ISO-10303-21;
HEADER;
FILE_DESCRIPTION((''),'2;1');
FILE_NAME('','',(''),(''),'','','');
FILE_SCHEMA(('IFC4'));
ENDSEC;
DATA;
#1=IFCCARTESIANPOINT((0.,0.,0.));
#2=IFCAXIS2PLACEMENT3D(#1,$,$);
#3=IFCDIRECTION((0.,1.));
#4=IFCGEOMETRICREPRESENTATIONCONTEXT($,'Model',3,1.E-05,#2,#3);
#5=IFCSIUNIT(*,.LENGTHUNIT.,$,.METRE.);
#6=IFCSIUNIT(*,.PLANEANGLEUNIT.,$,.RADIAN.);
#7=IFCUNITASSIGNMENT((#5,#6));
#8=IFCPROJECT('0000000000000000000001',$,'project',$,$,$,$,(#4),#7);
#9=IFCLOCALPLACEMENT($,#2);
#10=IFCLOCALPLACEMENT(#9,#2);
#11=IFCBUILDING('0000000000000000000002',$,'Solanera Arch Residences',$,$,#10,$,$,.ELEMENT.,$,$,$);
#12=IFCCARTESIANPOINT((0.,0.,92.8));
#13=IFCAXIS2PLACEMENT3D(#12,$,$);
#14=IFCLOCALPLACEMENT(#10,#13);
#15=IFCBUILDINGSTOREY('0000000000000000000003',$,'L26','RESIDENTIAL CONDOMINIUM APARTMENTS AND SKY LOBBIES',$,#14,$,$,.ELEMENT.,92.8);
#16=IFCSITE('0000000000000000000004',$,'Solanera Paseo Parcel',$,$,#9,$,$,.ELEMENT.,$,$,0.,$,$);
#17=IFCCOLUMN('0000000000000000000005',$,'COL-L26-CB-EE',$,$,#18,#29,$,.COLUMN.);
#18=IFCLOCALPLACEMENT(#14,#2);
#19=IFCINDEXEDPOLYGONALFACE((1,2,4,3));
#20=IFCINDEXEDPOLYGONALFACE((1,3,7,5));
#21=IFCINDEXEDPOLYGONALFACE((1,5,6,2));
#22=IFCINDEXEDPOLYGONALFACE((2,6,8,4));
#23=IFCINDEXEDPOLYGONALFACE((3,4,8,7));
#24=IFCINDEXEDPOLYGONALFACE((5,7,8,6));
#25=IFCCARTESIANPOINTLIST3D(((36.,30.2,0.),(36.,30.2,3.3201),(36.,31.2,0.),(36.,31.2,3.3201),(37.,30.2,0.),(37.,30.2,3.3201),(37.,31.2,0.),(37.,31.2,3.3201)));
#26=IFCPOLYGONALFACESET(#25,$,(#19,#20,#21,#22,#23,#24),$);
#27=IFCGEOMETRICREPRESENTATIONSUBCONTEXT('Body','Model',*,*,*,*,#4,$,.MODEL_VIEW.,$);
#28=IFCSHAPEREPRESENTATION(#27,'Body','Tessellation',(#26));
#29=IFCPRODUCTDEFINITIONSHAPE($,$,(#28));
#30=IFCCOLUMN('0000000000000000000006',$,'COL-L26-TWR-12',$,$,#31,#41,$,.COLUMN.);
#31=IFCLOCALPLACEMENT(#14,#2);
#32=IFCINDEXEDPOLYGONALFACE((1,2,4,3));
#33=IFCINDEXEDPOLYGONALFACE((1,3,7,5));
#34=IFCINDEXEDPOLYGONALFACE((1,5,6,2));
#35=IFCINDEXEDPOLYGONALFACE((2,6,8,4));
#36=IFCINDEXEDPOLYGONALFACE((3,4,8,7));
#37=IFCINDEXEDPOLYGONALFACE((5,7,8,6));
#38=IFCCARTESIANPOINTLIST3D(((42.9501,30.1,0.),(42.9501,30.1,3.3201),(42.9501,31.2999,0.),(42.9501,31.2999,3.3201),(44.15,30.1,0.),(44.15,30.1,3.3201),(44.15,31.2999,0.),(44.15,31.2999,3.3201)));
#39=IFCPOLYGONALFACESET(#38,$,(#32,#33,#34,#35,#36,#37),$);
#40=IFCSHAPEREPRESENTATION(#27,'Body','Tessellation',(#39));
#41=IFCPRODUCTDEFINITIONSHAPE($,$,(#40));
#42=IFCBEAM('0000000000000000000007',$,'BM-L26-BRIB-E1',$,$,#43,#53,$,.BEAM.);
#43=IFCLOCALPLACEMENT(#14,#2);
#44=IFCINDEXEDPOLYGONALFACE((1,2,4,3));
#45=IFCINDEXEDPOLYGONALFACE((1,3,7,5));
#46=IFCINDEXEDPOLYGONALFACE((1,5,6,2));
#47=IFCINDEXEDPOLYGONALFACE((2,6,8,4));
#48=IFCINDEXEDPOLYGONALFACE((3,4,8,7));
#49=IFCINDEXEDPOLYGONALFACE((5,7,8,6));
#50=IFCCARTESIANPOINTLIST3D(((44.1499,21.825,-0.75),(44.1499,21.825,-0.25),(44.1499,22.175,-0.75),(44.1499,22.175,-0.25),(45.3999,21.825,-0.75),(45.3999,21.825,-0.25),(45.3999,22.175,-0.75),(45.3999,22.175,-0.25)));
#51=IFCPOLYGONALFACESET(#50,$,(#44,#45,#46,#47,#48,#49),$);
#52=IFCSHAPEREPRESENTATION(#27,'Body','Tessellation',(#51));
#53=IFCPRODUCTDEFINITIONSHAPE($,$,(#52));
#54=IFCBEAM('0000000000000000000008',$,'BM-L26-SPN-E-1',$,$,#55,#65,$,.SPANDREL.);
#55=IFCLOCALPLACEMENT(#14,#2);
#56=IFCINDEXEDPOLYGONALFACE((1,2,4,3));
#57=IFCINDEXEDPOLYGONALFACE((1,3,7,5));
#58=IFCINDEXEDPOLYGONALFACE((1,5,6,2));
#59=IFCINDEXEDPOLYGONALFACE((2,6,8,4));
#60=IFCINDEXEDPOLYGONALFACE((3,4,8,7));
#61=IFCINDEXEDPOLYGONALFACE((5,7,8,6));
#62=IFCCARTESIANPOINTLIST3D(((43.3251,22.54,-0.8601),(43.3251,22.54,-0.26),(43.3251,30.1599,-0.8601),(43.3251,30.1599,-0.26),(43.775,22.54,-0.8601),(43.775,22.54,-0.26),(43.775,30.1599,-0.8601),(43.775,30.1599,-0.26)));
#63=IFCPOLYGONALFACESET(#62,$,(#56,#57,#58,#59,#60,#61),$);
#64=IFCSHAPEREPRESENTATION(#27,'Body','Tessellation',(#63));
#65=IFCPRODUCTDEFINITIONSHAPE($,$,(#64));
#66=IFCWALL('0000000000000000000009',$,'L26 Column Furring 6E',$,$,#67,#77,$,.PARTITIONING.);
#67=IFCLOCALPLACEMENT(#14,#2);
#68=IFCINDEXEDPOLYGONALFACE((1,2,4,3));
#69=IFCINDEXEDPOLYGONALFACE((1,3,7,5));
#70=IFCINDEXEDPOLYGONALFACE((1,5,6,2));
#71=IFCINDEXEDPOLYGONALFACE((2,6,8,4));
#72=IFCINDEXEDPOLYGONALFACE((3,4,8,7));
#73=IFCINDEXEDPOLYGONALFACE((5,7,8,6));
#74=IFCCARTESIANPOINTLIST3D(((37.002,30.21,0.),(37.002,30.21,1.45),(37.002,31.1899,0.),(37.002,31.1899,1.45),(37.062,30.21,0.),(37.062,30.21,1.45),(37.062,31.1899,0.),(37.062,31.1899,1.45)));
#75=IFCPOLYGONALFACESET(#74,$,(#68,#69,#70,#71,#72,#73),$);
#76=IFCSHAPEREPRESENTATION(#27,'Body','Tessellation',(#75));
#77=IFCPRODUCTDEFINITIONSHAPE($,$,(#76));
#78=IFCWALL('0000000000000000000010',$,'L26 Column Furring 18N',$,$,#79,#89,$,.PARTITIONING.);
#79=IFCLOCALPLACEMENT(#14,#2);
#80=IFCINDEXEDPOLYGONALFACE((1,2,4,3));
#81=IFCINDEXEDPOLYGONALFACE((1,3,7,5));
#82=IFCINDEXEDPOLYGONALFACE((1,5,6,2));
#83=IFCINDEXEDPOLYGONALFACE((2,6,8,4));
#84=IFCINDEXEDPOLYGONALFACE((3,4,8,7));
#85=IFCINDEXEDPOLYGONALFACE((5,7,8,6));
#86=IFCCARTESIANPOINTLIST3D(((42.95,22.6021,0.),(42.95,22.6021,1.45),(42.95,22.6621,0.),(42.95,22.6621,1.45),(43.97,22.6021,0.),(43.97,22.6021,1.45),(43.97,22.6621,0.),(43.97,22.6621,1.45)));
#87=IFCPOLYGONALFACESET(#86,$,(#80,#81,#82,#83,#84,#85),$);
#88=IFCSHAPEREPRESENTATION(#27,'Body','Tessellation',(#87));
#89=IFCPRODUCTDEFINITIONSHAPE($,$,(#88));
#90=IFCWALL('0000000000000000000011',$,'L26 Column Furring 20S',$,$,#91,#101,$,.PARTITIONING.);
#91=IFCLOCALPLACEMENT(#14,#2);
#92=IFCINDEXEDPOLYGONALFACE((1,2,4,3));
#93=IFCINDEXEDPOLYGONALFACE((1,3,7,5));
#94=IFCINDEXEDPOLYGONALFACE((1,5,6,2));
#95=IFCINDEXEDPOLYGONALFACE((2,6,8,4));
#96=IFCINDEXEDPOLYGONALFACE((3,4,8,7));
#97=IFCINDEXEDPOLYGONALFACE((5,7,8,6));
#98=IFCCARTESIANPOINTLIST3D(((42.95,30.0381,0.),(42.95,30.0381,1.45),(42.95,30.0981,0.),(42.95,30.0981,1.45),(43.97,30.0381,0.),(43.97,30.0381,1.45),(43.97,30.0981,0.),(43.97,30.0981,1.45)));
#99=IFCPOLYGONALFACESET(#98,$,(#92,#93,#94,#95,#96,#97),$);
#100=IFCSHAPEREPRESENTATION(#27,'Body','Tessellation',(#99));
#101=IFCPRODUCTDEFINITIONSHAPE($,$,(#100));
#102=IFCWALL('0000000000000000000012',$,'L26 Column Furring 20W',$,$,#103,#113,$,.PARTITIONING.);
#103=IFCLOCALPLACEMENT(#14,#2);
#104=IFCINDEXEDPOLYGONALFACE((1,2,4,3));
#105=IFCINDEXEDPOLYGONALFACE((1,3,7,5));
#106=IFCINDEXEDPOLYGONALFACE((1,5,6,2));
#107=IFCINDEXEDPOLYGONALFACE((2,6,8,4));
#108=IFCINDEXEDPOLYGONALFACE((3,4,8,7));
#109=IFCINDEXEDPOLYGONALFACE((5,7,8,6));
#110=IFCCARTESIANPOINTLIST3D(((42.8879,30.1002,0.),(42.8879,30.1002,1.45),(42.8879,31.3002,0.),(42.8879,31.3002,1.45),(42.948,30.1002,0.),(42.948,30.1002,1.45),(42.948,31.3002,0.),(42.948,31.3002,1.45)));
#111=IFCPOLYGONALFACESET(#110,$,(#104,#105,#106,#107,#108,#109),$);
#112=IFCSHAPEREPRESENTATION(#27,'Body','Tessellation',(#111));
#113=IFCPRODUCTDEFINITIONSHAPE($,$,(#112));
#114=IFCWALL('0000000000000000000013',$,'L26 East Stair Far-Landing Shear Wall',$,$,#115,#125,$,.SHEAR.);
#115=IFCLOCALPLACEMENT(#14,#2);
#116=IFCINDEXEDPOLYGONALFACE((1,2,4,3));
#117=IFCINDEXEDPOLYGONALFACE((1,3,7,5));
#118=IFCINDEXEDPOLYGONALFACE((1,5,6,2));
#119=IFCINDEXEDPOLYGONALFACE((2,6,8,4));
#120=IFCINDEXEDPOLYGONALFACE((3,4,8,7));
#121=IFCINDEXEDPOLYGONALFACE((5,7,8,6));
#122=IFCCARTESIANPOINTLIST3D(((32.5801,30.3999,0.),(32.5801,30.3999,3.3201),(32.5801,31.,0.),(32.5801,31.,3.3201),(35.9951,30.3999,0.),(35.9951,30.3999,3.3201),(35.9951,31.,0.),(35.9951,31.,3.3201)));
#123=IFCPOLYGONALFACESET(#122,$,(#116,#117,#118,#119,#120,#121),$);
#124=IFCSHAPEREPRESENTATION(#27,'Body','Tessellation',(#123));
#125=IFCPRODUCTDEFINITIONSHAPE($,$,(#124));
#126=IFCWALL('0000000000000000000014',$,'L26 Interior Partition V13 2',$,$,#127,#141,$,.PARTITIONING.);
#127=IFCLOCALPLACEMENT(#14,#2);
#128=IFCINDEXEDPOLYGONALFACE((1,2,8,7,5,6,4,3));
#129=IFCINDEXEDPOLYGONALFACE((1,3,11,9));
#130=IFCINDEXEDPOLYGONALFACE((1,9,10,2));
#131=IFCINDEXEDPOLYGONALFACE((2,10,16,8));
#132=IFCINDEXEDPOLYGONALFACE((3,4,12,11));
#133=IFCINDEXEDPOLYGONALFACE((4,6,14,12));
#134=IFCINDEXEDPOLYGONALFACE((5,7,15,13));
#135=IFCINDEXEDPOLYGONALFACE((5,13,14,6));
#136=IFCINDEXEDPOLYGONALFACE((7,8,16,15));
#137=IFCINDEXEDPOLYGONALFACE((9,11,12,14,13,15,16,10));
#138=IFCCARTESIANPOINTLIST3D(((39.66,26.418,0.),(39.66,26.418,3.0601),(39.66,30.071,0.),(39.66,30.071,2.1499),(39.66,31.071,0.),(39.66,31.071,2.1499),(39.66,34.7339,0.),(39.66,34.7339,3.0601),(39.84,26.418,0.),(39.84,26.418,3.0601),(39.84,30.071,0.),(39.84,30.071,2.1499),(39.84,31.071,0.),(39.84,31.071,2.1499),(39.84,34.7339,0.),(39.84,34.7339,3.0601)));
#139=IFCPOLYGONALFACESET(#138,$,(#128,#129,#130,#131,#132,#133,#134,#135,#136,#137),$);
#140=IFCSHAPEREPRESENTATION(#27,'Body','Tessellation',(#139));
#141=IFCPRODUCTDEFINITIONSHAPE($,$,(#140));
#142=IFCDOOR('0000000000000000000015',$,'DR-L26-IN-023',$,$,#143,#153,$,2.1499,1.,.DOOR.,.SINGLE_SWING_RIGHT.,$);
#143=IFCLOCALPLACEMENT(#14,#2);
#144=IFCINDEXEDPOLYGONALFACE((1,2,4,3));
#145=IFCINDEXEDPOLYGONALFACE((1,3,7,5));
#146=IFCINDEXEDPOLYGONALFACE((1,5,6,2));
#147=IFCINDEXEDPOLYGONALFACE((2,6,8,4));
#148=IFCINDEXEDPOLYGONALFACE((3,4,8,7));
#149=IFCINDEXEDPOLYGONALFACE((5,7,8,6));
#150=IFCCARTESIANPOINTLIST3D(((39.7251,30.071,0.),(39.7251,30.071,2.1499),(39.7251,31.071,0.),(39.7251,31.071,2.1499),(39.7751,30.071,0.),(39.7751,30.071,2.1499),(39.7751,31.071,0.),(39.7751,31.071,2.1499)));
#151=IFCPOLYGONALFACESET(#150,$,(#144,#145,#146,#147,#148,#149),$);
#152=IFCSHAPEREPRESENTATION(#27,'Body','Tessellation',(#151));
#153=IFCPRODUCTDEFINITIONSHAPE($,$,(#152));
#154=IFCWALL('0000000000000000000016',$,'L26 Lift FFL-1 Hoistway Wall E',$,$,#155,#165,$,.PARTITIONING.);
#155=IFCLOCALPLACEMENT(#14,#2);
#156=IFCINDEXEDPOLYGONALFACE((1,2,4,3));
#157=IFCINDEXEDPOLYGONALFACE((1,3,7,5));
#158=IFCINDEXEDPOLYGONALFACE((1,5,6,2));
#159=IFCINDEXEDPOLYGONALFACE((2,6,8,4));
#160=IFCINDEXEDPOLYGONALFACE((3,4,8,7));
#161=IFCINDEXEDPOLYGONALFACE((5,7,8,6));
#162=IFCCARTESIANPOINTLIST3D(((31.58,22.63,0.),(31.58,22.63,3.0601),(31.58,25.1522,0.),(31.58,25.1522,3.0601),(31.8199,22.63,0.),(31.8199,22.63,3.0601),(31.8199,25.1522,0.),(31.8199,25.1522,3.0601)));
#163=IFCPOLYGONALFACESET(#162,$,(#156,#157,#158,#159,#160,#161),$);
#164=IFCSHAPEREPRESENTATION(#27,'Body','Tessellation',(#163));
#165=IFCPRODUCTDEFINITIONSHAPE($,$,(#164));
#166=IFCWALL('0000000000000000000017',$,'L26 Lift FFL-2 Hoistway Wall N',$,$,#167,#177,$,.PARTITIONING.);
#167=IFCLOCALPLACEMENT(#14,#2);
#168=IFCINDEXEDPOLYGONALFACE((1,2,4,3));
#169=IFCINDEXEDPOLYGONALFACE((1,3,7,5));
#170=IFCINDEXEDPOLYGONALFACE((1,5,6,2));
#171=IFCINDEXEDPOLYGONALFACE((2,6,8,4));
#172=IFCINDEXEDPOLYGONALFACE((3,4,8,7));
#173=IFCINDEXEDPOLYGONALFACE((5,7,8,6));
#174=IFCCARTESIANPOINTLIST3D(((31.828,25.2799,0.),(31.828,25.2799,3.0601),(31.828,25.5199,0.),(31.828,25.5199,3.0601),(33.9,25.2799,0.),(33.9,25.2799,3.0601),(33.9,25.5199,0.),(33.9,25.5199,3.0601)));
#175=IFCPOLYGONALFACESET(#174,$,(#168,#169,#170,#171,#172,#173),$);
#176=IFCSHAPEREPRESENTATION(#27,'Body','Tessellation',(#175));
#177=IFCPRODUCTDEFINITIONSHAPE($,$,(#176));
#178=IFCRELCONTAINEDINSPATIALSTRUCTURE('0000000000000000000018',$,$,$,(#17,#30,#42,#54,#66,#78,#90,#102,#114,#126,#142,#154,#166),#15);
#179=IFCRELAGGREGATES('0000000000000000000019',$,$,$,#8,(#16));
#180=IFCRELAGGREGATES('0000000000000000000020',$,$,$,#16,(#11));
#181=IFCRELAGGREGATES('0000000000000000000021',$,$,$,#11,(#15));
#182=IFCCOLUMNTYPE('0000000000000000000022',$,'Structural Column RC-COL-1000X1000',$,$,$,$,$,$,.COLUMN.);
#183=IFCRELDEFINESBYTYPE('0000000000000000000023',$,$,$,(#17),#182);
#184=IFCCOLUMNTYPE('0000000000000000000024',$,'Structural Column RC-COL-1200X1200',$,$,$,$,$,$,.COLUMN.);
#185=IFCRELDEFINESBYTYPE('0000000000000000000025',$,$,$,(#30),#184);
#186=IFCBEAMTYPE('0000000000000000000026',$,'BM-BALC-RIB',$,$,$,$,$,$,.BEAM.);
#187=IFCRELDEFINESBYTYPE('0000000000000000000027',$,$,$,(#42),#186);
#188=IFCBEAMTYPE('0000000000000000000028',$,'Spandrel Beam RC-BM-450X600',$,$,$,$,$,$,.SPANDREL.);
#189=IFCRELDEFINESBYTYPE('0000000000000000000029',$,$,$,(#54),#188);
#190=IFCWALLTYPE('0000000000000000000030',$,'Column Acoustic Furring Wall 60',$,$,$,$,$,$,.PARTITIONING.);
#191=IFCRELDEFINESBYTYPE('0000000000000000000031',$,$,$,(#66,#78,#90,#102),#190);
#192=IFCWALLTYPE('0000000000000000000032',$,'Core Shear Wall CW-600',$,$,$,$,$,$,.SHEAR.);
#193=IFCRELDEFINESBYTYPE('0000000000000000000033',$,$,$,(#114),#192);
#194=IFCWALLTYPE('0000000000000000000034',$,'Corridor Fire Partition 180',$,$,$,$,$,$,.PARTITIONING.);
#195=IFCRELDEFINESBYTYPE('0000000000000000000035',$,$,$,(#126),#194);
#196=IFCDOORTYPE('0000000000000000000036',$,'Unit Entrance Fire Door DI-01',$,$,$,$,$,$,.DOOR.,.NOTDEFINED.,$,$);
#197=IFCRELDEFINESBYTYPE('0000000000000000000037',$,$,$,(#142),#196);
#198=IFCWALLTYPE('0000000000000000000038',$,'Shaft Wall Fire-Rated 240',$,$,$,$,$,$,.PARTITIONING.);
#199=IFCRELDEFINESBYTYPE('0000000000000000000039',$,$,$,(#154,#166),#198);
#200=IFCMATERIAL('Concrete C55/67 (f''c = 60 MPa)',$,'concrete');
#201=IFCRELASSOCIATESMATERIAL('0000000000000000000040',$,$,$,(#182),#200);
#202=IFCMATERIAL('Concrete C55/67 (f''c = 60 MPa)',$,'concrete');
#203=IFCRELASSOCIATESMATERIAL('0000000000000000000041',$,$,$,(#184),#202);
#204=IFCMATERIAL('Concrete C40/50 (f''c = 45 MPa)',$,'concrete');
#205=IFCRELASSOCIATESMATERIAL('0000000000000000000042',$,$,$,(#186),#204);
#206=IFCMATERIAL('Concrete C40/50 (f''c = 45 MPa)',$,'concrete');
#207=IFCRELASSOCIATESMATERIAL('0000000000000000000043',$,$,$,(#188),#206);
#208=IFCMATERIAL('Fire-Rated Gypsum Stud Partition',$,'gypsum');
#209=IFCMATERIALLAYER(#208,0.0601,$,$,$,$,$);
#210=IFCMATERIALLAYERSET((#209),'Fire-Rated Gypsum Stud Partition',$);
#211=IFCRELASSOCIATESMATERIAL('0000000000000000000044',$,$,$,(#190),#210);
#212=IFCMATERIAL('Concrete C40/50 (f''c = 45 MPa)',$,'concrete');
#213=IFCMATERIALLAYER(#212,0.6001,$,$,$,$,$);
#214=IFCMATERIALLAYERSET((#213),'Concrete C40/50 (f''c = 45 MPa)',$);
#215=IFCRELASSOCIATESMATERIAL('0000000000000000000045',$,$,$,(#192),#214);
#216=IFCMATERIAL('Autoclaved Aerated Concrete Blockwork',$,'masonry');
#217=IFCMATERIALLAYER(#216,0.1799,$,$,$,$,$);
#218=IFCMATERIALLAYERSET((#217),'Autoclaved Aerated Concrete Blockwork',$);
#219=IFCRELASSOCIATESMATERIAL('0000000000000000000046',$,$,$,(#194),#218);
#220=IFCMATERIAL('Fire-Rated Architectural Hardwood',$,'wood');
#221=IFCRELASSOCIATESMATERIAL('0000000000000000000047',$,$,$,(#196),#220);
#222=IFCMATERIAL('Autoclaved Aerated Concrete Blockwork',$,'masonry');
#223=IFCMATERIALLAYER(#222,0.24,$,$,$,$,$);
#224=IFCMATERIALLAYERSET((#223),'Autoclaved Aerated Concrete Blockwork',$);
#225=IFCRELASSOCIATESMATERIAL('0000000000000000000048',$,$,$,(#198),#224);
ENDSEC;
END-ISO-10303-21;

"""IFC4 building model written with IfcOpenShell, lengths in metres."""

from ifc_helpers import new_model, si_unit, direction, frame, frame_2d, origin, origin_2d, place, context, subcontext, project, spatial, rectangle, extrude, material, layer, layer_set, material_profile, profile_set, type_object, element, fill, save


model = new_model("IFC4")

# Units and contexts
model_context = context("Model", 3, precision=1e-05, world=origin(), true_north=direction((0.0, 1.0)))
body_context = subcontext(model_context, "Body", "Model", "MODEL_VIEW")
ifc_project = project(units=[si_unit("LENGTHUNIT", "METRE"), si_unit("PLANEANGLEUNIT", "RADIAN")], contexts=[model_context])

# Site, building, storey
site_placement = place(None, origin())
site = spatial("IfcSite", under=ifc_project, at=site_placement, Name="Solanera Paseo Parcel", CompositionType="ELEMENT", RefElevation=0.0)
building_placement = place(site_placement, origin())
building = spatial("IfcBuilding", under=site, at=building_placement, Name="Solanera Arch Residences", CompositionType="ELEMENT")
storey_placement = place(building_placement, frame((0.0, 0.0, 92.8)))
storey = spatial("IfcBuildingStorey", under=building, at=storey_placement, Name="L26", Description="RESIDENTIAL CONDOMINIUM APARTMENTS AND SKY LOBBIES", CompositionType="ELEMENT", Elevation=92.8)

# Columns
ifc_material_1 = material(Name="Concrete C55/67 (f'c = 60 MPa)", Category="concrete")
ifc_material_profile_1 = material_profile(ifc_material_1, rectangle(XDim=1.0, YDim=1.0, at=origin_2d()))
ifc_profile_set_1 = profile_set([ifc_material_profile_1], Name="Concrete C55/67 (f'c = 60 MPa)")
column_type_1 = type_object("IfcColumnType", Name="Structural Column RC-COL-1000X1000", PredefinedType="COLUMN", material=ifc_profile_set_1)
column_1_placement = place(storey_placement, frame((36.5, 30.7, 0.0), z_axis=(0.0, 0.0, 1.0), x_axis=(1.0, 0.0, 0.0)))
element("IfcColumn", 1, at=column_1_placement, inside=storey, type_object=column_type_1, Name="COL-L26-CB-EE", PredefinedType="COLUMN", context=body_context, shape_type="SweptSolid", body=[
    extrude(rectangle(XDim=1.0, YDim=1.0, at=origin_2d()), origin(), (0.0, 0.0, 1.0), 3.3201),
])
ifc_material_2 = material(Name="Concrete C55/67 (f'c = 60 MPa)", Category="concrete")
ifc_material_profile_2 = material_profile(ifc_material_2, rectangle(XDim=1.2, YDim=1.2, at=origin_2d()))
ifc_profile_set_2 = profile_set([ifc_material_profile_2], Name="Concrete C55/67 (f'c = 60 MPa)")
column_type_2 = type_object("IfcColumnType", Name="Structural Column RC-COL-1200X1200", PredefinedType="COLUMN", material=ifc_profile_set_2)
column_2_placement = place(storey_placement, frame((43.55, 30.7, 0.0), z_axis=(0.0, 0.0, 1.0), x_axis=(1.0, 0.0, 0.0)))
element("IfcColumn", 2, at=column_2_placement, inside=storey, type_object=column_type_2, Name="COL-L26-TWR-12", PredefinedType="COLUMN", context=body_context, shape_type="SweptSolid", body=[
    extrude(rectangle(XDim=1.2, YDim=1.2, at=origin_2d()), origin(), (0.0, 0.0, 1.0), 3.3201),
])

# Beams
ifc_material_3 = material(Name="Concrete C40/50 (f'c = 45 MPa)", Category="concrete")
ifc_material_profile_3 = material_profile(ifc_material_3, rectangle(XDim=0.3501, YDim=0.5, at=origin_2d()))
ifc_profile_set_3 = profile_set([ifc_material_profile_3], Name="Concrete C40/50 (f'c = 45 MPa)")
beam_type_1 = type_object("IfcBeamType", Name="BM-BALC-RIB", PredefinedType="BEAM", material=ifc_profile_set_3)
beam_1_placement = place(storey_placement, frame((44.1499, 22.0, -0.5), z_axis=(1.0, 0.0, 0.0), x_axis=(0.0, 1.0, 0.0)))
element("IfcBeam", 3, at=beam_1_placement, inside=storey, type_object=beam_type_1, Name="BM-L26-BRIB-E1", PredefinedType="BEAM", context=body_context, shape_type="SweptSolid", body=[
    extrude(rectangle(XDim=0.3501, YDim=0.5, at=origin_2d()), origin(), (0.0, 0.0, 1.0), 1.25),
])
ifc_material_4 = material(Name="Concrete C40/50 (f'c = 45 MPa)", Category="concrete")
ifc_material_profile_4 = material_profile(ifc_material_4, rectangle(XDim=0.45, YDim=0.6001, at=origin_2d()))
ifc_profile_set_4 = profile_set([ifc_material_profile_4], Name="Concrete C40/50 (f'c = 45 MPa)")
beam_type_2 = type_object("IfcBeamType", Name="Spandrel Beam RC-BM-450X600", PredefinedType="SPANDREL", material=ifc_profile_set_4)
beam_2_placement = place(storey_placement, frame((43.55, 22.54, -0.5601), z_axis=(0.0, 1.0, 0.0), x_axis=(-1.0, 0.0, 0.0)))
element("IfcBeam", 4, at=beam_2_placement, inside=storey, type_object=beam_type_2, Name="BM-L26-SPN-E-1", PredefinedType="SPANDREL", context=body_context, shape_type="SweptSolid", body=[
    extrude(rectangle(XDim=0.45, YDim=0.6001, at=origin_2d()), origin(), (0.0, 0.0, 1.0), 7.6199),
])

# Walls
ifc_material_5 = material(Name="Fire-Rated Gypsum Stud Partition", Category="gypsum")
ifc_layer_1 = layer(ifc_material_5, 0.0601)
ifc_layer_set_1 = layer_set([ifc_layer_1], Name="Fire-Rated Gypsum Stud Partition")
wall_type_1 = type_object("IfcWallType", Name="Column Acoustic Furring Wall 60", PredefinedType="PARTITIONING", material=ifc_layer_set_1)
wall_1_placement = place(storey_placement, frame((37.032, 30.21, 0.0), z_axis=(0.0, 0.0, 1.0), x_axis=(0.0, 1.0, 0.0)))
element("IfcWall", 5, at=wall_1_placement, inside=storey, type_object=wall_type_1, Name="L26 Column Furring 6E", PredefinedType="PARTITIONING", context=body_context, shape_type="SweptSolid", body=[
    extrude(rectangle(XDim=0.98, YDim=0.0601, at=frame_2d((0.49, 0.0))), origin(), (0.0, 0.0, 1.0), 1.45),
])
for number, where, z_axis, x_axis, name in (
    (6, (42.95, 22.6321, 0.0), (0.0, 0.0, 1.0), (1.0, 0.0, 0.0), "L26 Column Furring 18N"),
    (7, (42.95, 30.0681, 0.0), (0.0, 0.0, 1.0), (1.0, 0.0, 0.0), "L26 Column Furring 20S"),
):
    element("IfcWall", number, at=place(storey_placement, frame(where, z_axis=z_axis, x_axis=x_axis)), inside=storey, type_object=wall_type_1, Name=name, PredefinedType="PARTITIONING", context=body_context, shape_type="SweptSolid", body=[
        extrude(rectangle(XDim=1.02, YDim=0.0601, at=frame_2d((0.51, 0.0))), origin(), (0.0, 0.0, 1.0), 1.45),
    ])
wall_2_placement = place(storey_placement, frame((42.918, 30.1001, 0.0), z_axis=(0.0, 0.0, 1.0), x_axis=(0.0, 1.0, 0.0)))
element("IfcWall", 8, at=wall_2_placement, inside=storey, type_object=wall_type_1, Name="L26 Column Furring 20W", PredefinedType="PARTITIONING", context=body_context, shape_type="SweptSolid", body=[
    extrude(rectangle(XDim=1.2, YDim=0.0601, at=frame_2d((0.6001, 0.0))), origin(), (0.0, 0.0, 1.0), 1.45),
])
ifc_material_6 = material(Name="Concrete C40/50 (f'c = 45 MPa)", Category="concrete")
ifc_layer_2 = layer(ifc_material_6, 0.6001)
ifc_layer_set_2 = layer_set([ifc_layer_2], Name="Concrete C40/50 (f'c = 45 MPa)")
wall_type_2 = type_object("IfcWallType", Name="Core Shear Wall CW-600", PredefinedType="SHEAR", material=ifc_layer_set_2)
wall_3_placement = place(storey_placement, frame((32.5801, 30.7, 0.0), z_axis=(0.0, 0.0, 1.0), x_axis=(1.0, 0.0, 0.0)))
element("IfcWall", 9, at=wall_3_placement, inside=storey, type_object=wall_type_2, Name="L26 East Stair Far-Landing Shear Wall", PredefinedType="SHEAR", context=body_context, shape_type="SweptSolid", body=[
    extrude(rectangle(XDim=3.415, YDim=0.6001, at=frame_2d((1.7075, 0.0))), origin(), (0.0, 0.0, 1.0), 3.3201),
])

# Wall, opening, door
ifc_material_7 = material(Name="Autoclaved Aerated Concrete Blockwork", Category="masonry")
ifc_layer_3 = layer(ifc_material_7, 0.1799)
ifc_layer_set_3 = layer_set([ifc_layer_3], Name="Autoclaved Aerated Concrete Blockwork")
wall_type_3 = type_object("IfcWallType", Name="Corridor Fire Partition 180", PredefinedType="PARTITIONING", material=ifc_layer_set_3)
wall_4_placement = place(storey_placement, frame((39.75, 26.418, 0.0), z_axis=(0.0, 0.0, 1.0), x_axis=(0.0, 1.0, 0.0)))
wall_4 = element("IfcWall", 10, at=wall_4_placement, inside=storey, type_object=wall_type_3, Name="L26 Interior Partition V13 2", PredefinedType="PARTITIONING", context=body_context, shape_type="SweptSolid", body=[
    extrude(rectangle(XDim=8.3159, YDim=0.1799, at=frame_2d((4.158, 0.0))), origin(), (0.0, 0.0, 1.0), 3.0601),
])
opening_1_placement = place(wall_4_placement, frame((3.6531, 0.0, 0.0)))
opening_1 = element("IfcOpeningElement", 11, at=opening_1_placement, cuts=wall_4, PredefinedType="OPENING", context=body_context, shape_type="SweptSolid", body=[
    extrude(rectangle(XDim=1.0, YDim=2.1499, at=frame_2d((0.5, 1.075))), frame((0.0, 0.1001, 0.0), z_axis=(0.0, -1.0, 0.0), x_axis=(1.0, 0.0, 0.0)), (0.0, 0.0, 1.0), 0.1999),
])
ifc_material_8 = material(Name="Fire-Rated Architectural Hardwood", Category="wood")
door_type_1 = type_object("IfcDoorType", Name="Unit Entrance Fire Door DI-01", OperationType="NOTDEFINED", PredefinedType="DOOR", material=ifc_material_8)
door_1_placement = place(opening_1_placement, origin())
door_1 = element("IfcDoor", 12, at=door_1_placement, inside=storey, type_object=door_type_1, Name="DR-L26-IN-023", OperationType="SINGLE_SWING_RIGHT", OverallHeight=2.1499, OverallWidth=1.0, PredefinedType="DOOR", context=body_context, shape_type="SweptSolid", body=[
    extrude(rectangle(XDim=1.0, YDim=2.1499, at=frame_2d((0.5, 1.075))), frame((0.0, 0.0249, 0.0), z_axis=(0.0, -1.0, 0.0), x_axis=(1.0, 0.0, 0.0)), (0.0, 0.0, 1.0), 0.05),
])
fill(opening_1, door_1)

# Walls
ifc_material_9 = material(Name="Autoclaved Aerated Concrete Blockwork", Category="masonry")
ifc_layer_4 = layer(ifc_material_9, 0.24)
ifc_layer_set_4 = layer_set([ifc_layer_4], Name="Autoclaved Aerated Concrete Blockwork")
wall_type_4 = type_object("IfcWallType", Name="Shaft Wall Fire-Rated 240", PredefinedType="PARTITIONING", material=ifc_layer_set_4)
wall_5_placement = place(storey_placement, frame((31.7, 22.6299, 0.0), z_axis=(0.0, 0.0, 1.0), x_axis=(0.0, 1.0, 0.0)))
element("IfcWall", 13, at=wall_5_placement, inside=storey, type_object=wall_type_4, Name="L26 Lift FFL-1 Hoistway Wall E", PredefinedType="PARTITIONING", context=body_context, shape_type="SweptSolid", body=[
    extrude(rectangle(XDim=2.5222, YDim=0.24, at=frame_2d((1.2612, 0.0))), origin(), (0.0, 0.0, 1.0), 3.0601),
])
wall_6_placement = place(storey_placement, frame((31.8279, 25.3999, 0.0), z_axis=(0.0, 0.0, 1.0), x_axis=(1.0, 0.0, 0.0)))
element("IfcWall", 14, at=wall_6_placement, inside=storey, type_object=wall_type_4, Name="L26 Lift FFL-2 Hoistway Wall N", PredefinedType="PARTITIONING", context=body_context, shape_type="SweptSolid", body=[
    extrude(rectangle(XDim=2.072, YDim=0.24, at=frame_2d((1.0361, 0.0))), origin(), (0.0, 0.0, 1.0), 3.0601),
])

save(model, "model.ifc")
